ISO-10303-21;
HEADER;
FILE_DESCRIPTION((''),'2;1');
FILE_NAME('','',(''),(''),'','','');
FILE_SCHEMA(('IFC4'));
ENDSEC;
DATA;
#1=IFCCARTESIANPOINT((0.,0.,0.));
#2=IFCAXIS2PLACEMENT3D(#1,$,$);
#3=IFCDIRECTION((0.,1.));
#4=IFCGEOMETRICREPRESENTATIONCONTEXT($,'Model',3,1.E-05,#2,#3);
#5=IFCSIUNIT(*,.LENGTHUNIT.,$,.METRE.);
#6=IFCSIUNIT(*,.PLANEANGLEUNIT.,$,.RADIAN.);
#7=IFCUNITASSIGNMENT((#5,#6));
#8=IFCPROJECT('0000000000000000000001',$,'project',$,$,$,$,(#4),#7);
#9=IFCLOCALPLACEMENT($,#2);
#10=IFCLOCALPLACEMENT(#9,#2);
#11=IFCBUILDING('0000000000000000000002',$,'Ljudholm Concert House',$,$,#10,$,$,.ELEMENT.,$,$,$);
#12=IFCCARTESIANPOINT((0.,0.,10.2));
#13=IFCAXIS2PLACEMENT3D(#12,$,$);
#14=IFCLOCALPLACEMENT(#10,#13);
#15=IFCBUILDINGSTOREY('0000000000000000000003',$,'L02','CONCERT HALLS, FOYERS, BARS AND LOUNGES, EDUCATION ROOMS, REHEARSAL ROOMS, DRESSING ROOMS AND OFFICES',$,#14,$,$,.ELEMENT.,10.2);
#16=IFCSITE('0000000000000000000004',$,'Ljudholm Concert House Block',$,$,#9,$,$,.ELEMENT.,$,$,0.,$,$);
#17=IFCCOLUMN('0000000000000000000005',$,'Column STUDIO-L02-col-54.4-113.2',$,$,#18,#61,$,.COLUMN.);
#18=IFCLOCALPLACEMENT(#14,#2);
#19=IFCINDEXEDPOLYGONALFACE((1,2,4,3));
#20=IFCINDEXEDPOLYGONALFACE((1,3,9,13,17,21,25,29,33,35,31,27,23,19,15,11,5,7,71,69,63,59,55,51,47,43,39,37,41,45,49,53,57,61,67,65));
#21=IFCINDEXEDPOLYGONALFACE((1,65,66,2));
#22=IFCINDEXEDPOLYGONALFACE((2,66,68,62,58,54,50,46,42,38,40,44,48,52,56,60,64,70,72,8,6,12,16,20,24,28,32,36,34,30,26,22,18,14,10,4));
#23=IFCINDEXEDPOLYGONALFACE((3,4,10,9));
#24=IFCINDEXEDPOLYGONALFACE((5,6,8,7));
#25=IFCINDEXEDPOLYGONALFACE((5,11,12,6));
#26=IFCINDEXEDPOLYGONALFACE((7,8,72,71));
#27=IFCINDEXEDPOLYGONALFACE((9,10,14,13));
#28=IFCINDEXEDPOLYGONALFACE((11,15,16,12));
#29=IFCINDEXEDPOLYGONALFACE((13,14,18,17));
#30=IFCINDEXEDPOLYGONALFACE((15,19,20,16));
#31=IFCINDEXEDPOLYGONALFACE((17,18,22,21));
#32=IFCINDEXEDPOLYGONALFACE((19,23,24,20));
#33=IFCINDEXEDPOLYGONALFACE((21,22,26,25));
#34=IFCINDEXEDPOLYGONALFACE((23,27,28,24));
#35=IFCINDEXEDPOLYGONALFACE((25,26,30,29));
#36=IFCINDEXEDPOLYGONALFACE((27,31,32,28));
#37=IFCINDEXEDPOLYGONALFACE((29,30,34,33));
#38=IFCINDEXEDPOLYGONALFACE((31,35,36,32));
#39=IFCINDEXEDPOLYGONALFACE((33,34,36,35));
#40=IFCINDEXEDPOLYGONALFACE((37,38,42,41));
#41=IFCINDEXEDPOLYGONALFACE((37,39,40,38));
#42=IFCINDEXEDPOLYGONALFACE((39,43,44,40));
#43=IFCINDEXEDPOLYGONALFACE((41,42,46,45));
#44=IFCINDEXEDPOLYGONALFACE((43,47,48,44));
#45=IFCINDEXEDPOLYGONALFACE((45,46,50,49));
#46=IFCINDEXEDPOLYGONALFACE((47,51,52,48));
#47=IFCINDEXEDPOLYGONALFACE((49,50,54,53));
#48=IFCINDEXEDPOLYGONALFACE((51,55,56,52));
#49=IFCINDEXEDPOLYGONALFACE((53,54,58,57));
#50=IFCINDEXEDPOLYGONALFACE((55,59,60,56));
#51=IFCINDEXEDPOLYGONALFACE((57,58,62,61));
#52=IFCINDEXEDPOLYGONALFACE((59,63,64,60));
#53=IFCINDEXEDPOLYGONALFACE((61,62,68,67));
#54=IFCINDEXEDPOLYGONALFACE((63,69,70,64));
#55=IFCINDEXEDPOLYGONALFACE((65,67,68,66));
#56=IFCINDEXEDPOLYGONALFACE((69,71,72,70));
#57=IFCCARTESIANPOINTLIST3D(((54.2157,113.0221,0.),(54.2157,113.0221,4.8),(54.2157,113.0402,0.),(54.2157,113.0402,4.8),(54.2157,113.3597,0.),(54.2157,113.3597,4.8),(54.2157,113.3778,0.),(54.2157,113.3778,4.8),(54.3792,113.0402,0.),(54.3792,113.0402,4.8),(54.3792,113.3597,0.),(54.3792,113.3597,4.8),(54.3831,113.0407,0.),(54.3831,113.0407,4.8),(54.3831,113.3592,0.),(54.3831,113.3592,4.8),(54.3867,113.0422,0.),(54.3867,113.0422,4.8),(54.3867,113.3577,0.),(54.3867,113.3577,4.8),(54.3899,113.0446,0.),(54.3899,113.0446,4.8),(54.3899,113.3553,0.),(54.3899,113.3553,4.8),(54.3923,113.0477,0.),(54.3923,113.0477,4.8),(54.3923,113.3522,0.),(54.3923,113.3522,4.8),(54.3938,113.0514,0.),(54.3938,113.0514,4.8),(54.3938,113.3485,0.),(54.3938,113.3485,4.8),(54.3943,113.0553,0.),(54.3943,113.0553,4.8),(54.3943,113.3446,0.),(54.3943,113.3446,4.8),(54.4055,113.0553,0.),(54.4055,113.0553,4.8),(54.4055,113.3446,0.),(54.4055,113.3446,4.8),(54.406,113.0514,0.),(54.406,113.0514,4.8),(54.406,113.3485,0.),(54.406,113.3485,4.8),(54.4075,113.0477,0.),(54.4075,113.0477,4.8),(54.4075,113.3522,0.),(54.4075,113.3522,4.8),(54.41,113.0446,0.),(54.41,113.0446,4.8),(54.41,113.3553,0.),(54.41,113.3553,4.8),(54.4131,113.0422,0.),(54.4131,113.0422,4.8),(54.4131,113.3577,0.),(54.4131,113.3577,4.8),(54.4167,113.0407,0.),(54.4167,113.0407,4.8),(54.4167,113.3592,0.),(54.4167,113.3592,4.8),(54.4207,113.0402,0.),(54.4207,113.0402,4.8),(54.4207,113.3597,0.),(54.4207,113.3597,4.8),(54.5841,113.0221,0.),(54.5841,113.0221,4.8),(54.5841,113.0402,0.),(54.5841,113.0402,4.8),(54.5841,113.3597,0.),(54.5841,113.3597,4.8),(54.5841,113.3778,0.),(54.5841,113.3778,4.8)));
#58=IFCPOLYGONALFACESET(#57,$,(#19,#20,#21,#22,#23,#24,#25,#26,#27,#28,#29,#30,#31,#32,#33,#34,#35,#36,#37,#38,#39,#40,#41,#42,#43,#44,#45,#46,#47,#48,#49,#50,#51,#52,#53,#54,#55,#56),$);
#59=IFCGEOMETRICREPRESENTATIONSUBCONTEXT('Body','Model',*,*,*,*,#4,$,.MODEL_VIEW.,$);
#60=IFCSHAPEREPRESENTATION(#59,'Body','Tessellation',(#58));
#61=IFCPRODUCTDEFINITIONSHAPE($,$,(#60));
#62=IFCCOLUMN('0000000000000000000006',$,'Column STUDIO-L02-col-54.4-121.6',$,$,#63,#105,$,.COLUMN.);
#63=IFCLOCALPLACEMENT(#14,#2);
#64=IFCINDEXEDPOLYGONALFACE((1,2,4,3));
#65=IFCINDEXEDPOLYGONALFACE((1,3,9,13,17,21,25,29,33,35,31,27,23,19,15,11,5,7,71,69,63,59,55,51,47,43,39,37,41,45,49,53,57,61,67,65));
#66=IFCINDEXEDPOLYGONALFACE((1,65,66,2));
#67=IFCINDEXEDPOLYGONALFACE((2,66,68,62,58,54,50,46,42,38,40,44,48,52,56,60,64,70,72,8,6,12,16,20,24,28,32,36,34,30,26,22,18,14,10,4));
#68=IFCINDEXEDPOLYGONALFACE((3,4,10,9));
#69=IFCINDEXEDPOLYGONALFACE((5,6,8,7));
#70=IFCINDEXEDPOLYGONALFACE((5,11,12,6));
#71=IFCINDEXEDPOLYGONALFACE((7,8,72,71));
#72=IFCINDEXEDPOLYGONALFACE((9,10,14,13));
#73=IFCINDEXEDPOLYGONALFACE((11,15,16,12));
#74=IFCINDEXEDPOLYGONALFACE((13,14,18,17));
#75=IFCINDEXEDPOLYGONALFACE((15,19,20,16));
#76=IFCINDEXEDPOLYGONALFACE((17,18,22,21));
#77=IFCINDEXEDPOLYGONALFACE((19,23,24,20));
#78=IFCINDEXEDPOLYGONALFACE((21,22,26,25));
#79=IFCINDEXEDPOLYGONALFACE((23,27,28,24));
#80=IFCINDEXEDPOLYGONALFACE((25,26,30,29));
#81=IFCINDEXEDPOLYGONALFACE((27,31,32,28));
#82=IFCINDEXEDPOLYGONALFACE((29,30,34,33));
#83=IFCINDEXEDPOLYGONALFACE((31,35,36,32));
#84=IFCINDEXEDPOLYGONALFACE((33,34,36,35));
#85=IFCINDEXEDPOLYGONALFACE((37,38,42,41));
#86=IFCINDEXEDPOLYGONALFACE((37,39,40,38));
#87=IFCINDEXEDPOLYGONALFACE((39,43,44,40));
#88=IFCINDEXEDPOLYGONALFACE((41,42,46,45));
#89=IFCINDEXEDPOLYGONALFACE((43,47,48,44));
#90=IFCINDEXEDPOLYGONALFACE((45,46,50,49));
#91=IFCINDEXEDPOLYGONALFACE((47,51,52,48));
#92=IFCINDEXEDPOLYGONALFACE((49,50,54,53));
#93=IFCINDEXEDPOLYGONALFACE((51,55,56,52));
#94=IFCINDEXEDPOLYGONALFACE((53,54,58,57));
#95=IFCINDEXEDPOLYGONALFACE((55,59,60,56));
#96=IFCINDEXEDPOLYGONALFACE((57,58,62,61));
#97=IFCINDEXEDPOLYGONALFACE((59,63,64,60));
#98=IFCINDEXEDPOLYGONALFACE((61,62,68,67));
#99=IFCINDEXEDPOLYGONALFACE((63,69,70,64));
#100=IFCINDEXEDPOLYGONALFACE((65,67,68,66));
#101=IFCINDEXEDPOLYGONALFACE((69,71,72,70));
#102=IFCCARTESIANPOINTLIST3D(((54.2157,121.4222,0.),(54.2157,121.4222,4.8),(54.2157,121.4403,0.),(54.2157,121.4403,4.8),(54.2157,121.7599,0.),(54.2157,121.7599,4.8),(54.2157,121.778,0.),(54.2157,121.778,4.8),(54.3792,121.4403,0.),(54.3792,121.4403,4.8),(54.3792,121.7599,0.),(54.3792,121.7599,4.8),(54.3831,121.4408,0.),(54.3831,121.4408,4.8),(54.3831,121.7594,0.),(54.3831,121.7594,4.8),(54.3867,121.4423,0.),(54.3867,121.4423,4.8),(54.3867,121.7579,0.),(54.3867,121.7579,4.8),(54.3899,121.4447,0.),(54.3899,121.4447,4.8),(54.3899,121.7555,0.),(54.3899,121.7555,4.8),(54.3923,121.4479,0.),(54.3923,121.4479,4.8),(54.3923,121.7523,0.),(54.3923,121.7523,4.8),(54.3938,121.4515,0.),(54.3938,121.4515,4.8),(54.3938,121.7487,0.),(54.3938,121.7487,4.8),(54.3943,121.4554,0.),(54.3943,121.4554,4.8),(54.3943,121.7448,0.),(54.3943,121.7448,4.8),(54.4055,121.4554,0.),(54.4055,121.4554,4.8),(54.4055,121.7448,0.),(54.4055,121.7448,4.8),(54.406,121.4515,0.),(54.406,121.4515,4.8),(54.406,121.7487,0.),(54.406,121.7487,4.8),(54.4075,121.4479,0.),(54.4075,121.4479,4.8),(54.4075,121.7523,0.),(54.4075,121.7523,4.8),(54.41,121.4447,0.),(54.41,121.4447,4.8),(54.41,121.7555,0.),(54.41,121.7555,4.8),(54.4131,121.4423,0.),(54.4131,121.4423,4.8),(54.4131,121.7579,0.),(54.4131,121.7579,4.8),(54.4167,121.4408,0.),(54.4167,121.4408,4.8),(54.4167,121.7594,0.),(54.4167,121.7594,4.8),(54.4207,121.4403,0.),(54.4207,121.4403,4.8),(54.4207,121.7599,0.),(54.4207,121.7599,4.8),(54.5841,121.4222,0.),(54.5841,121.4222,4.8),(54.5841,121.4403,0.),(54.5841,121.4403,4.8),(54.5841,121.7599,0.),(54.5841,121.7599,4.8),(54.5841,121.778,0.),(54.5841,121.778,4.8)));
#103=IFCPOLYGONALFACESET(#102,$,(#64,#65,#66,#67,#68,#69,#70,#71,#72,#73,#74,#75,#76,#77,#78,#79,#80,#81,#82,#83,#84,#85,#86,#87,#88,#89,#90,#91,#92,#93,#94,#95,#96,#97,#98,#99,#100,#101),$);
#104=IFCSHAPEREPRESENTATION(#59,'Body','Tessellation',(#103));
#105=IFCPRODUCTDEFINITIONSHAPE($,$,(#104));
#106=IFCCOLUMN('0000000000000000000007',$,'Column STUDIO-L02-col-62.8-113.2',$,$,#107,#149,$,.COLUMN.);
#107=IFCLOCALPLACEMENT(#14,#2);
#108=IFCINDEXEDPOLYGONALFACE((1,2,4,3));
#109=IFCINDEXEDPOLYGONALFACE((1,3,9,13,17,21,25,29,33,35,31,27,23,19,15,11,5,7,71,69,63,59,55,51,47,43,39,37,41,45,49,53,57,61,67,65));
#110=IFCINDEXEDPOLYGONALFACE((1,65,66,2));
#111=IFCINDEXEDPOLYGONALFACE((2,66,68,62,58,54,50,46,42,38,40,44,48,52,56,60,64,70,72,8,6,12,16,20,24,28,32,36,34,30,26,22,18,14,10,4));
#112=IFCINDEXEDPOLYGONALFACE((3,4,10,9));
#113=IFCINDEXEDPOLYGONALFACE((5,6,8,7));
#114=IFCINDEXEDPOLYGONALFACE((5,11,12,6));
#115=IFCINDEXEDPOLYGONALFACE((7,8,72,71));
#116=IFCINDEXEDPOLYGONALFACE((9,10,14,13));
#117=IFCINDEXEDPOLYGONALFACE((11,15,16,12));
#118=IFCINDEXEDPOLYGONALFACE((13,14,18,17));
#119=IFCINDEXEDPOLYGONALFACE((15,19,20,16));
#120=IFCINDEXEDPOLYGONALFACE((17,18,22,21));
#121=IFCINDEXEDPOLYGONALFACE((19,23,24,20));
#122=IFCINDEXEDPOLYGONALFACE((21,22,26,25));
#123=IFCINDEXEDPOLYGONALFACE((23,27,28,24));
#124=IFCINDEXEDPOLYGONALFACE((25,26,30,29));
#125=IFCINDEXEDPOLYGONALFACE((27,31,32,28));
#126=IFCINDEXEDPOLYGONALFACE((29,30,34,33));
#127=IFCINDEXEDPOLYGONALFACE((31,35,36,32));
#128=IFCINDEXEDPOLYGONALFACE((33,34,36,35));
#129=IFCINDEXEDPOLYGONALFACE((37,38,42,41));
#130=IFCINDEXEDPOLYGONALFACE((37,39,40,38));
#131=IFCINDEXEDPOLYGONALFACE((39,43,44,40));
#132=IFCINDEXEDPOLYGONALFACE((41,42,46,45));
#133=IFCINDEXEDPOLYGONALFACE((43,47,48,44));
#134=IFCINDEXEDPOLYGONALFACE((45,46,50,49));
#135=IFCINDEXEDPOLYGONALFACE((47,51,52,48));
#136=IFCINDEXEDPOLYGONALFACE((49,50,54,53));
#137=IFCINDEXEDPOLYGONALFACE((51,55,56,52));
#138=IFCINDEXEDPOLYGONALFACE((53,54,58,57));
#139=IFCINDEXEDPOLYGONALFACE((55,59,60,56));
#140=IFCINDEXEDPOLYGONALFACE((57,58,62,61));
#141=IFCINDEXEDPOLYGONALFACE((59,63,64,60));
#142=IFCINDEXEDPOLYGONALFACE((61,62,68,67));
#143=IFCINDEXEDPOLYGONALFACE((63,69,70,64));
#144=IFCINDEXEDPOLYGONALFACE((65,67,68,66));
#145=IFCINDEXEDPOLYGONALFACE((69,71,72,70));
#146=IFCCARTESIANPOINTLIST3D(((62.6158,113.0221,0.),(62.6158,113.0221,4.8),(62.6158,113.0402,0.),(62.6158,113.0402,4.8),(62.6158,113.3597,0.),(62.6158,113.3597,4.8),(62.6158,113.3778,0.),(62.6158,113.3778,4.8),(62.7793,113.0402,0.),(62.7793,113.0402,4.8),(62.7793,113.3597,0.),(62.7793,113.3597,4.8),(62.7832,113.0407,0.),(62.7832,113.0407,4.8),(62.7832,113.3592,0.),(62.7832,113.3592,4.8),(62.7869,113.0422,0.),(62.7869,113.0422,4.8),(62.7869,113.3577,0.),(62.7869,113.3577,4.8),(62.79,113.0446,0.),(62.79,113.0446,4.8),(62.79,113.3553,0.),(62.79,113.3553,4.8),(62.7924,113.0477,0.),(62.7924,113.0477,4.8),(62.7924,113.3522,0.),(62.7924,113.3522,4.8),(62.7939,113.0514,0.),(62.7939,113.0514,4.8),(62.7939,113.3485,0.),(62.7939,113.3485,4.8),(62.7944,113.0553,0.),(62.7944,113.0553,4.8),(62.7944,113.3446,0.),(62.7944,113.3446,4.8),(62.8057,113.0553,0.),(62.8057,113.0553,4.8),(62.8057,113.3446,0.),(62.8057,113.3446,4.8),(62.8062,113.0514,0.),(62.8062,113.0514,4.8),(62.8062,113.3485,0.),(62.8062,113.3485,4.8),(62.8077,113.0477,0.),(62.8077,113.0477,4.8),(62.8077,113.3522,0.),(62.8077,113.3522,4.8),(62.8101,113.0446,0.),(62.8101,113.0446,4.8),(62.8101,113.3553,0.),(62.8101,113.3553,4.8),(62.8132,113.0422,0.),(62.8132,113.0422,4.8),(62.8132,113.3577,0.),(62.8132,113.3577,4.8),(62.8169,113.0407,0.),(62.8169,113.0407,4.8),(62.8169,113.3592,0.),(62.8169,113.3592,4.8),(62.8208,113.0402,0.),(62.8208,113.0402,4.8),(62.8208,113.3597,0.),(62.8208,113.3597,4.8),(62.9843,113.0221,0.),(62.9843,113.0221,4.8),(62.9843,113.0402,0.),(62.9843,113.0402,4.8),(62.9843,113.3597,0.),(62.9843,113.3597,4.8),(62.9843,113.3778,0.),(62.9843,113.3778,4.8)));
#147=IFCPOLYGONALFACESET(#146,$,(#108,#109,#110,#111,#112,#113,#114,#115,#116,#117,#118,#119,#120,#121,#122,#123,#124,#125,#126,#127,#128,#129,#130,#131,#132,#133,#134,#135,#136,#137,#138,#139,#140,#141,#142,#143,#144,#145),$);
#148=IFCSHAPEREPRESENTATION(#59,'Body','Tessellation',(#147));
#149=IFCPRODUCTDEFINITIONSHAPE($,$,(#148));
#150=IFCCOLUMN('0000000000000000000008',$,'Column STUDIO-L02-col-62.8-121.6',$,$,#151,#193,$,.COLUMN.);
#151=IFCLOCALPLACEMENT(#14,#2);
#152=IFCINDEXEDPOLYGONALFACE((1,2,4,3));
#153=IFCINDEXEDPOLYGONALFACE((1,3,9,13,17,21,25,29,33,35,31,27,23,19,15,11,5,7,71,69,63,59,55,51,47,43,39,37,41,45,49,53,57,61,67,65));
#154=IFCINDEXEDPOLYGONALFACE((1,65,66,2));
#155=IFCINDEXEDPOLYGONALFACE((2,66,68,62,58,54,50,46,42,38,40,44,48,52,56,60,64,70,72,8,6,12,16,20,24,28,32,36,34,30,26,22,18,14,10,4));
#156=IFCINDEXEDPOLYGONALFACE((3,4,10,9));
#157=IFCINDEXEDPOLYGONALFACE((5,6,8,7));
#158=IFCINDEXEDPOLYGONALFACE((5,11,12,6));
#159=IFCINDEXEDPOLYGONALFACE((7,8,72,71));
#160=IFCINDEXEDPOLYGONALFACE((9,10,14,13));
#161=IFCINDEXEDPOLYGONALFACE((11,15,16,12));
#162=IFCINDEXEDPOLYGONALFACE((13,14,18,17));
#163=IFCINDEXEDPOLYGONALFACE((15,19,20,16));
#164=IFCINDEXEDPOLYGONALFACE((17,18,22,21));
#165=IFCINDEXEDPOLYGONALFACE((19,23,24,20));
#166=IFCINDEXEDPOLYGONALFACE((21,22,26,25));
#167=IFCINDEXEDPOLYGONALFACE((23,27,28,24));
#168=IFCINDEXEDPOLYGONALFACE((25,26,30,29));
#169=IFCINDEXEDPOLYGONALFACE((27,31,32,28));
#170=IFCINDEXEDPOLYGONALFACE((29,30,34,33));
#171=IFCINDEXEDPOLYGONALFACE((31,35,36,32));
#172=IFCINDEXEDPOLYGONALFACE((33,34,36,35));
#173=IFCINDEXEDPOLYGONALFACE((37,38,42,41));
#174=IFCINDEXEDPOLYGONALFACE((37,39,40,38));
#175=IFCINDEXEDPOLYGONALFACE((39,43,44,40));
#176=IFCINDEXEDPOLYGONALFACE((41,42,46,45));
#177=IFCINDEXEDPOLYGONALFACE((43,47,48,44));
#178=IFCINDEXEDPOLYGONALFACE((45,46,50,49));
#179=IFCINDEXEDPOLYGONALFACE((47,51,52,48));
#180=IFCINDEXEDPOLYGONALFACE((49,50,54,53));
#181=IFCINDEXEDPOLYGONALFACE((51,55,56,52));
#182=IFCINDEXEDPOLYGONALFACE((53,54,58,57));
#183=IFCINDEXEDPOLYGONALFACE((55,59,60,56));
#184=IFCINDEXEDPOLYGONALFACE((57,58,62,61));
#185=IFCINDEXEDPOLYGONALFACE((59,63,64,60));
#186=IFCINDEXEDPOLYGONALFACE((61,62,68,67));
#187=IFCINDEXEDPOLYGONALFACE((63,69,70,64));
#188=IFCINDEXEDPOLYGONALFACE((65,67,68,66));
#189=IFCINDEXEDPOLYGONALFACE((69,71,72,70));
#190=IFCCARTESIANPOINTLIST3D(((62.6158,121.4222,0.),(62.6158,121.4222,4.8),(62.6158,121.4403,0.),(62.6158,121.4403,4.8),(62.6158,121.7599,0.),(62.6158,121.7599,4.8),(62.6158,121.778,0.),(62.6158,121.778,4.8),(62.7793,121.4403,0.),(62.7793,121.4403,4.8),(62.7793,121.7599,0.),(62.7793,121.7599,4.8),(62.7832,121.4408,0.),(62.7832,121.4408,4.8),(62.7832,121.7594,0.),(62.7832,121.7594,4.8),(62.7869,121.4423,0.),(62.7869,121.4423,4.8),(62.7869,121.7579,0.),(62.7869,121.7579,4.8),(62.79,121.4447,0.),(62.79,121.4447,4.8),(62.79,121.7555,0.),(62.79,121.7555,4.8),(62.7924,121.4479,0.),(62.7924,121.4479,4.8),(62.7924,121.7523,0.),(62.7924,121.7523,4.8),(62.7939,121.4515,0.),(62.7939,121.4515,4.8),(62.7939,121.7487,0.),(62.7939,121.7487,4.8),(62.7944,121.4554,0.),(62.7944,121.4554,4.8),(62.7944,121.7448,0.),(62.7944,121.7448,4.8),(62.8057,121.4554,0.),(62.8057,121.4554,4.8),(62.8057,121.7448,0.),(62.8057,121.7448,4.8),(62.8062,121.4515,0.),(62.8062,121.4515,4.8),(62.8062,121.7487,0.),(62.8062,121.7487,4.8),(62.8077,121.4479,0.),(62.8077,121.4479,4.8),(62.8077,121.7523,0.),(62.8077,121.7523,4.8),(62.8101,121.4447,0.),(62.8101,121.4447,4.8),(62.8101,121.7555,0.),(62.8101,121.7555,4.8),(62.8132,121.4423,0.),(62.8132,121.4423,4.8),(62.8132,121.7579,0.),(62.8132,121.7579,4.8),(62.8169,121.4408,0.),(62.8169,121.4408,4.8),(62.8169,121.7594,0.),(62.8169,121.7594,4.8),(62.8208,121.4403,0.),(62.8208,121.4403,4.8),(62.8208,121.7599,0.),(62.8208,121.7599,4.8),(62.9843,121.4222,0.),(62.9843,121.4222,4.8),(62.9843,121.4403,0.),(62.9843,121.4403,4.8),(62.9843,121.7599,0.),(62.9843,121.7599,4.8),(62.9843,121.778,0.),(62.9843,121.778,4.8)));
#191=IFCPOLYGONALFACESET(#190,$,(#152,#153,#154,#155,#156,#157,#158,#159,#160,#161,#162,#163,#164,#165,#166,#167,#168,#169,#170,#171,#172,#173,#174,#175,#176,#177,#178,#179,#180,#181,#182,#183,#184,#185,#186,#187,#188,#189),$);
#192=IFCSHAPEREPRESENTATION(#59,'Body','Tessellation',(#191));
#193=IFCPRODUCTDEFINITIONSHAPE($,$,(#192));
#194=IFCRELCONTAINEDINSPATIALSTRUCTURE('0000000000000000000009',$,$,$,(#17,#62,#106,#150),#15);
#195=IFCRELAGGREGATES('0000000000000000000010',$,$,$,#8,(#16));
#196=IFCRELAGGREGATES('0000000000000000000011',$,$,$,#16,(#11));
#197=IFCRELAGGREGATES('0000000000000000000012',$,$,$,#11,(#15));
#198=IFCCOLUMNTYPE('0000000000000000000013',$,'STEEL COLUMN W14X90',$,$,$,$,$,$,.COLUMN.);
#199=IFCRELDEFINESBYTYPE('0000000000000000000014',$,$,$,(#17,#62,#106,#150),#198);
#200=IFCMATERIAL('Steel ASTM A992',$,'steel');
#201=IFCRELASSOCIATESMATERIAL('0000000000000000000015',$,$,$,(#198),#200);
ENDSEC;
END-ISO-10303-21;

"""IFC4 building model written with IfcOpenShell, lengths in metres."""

from ifc_helpers import new_model, si_unit, direction, frame, origin, origin_2d, place, context, subcontext, project, spatial, i_section, extrude, material, material_profile, profile_set, type_object, element, save


model = new_model("IFC4")

# Units and contexts
model_context = context("Model", 3, precision=1e-05, world=origin(), true_north=direction((0.0, 1.0)))
body_context = subcontext(model_context, "Body", "Model", "MODEL_VIEW")
ifc_project = project(units=[si_unit("LENGTHUNIT", "METRE"), si_unit("PLANEANGLEUNIT", "RADIAN")], contexts=[model_context])

# Site, building, storey
site_placement = place(None, origin())
site = spatial("IfcSite", under=ifc_project, at=site_placement, Name="Ljudholm Concert House Block", CompositionType="ELEMENT", RefElevation=0.0)
building_placement = place(site_placement, origin())
building = spatial("IfcBuilding", under=site, at=building_placement, Name="Ljudholm Concert House", CompositionType="ELEMENT")
storey_placement = place(building_placement, frame((0.0, 0.0, 10.2)))
storey = spatial("IfcBuildingStorey", under=building, at=storey_placement, Name="L02", Description="CONCERT HALLS, FOYERS, BARS AND LOUNGES, EDUCATION ROOMS, REHEARSAL ROOMS, DRESSING ROOMS AND OFFICES", CompositionType="ELEMENT", Elevation=10.2)

# Columns
ifc_material_1 = material(Name="Steel ASTM A992", Category="steel")
ifc_material_profile_1 = material_profile(ifc_material_1, i_section(OverallWidth=0.3684, OverallDepth=0.3557, WebThickness=0.0112, FlangeThickness=0.0181, FilletRadius=0.0151, at=origin_2d()), Name="W14X90")
ifc_profile_set_1 = profile_set([ifc_material_profile_1], Name="Steel ASTM A992")
column_type = type_object("IfcColumnType", Name="STEEL COLUMN W14X90", PredefinedType="COLUMN", material=ifc_profile_set_1)
for number, where, z_axis, x_axis, name in (
    (1, (54.3999, 113.2, 0.0), (0.0, 0.0, 1.0), (1.0, 0.0, 0.0), "Column STUDIO-L02-col-54.4-113.2"),
    (2, (54.3999, 121.6001, 0.0), (0.0, 0.0, 1.0), (1.0, 0.0, 0.0), "Column STUDIO-L02-col-54.4-121.6"),
    (3, (62.8, 113.2, 0.0), (0.0, 0.0, 1.0), (1.0, 0.0, 0.0), "Column STUDIO-L02-col-62.8-113.2"),
    (4, (62.8, 121.6001, 0.0), (0.0, 0.0, 1.0), (1.0, 0.0, 0.0), "Column STUDIO-L02-col-62.8-121.6"),
):
    element("IfcColumn", number, at=place(storey_placement, frame(where, z_axis=z_axis, x_axis=x_axis)), inside=storey, type_object=column_type, Name=name, PredefinedType="COLUMN", context=body_context, shape_type="SweptSolid", body=[
        extrude(i_section(OverallWidth=0.3684, OverallDepth=0.3557, WebThickness=0.0112, FlangeThickness=0.0181, FilletRadius=0.0151, at=origin_2d()), origin(), (0.0, 0.0, 1.0), 4.8),
    ])

save(model, "model.ifc")
